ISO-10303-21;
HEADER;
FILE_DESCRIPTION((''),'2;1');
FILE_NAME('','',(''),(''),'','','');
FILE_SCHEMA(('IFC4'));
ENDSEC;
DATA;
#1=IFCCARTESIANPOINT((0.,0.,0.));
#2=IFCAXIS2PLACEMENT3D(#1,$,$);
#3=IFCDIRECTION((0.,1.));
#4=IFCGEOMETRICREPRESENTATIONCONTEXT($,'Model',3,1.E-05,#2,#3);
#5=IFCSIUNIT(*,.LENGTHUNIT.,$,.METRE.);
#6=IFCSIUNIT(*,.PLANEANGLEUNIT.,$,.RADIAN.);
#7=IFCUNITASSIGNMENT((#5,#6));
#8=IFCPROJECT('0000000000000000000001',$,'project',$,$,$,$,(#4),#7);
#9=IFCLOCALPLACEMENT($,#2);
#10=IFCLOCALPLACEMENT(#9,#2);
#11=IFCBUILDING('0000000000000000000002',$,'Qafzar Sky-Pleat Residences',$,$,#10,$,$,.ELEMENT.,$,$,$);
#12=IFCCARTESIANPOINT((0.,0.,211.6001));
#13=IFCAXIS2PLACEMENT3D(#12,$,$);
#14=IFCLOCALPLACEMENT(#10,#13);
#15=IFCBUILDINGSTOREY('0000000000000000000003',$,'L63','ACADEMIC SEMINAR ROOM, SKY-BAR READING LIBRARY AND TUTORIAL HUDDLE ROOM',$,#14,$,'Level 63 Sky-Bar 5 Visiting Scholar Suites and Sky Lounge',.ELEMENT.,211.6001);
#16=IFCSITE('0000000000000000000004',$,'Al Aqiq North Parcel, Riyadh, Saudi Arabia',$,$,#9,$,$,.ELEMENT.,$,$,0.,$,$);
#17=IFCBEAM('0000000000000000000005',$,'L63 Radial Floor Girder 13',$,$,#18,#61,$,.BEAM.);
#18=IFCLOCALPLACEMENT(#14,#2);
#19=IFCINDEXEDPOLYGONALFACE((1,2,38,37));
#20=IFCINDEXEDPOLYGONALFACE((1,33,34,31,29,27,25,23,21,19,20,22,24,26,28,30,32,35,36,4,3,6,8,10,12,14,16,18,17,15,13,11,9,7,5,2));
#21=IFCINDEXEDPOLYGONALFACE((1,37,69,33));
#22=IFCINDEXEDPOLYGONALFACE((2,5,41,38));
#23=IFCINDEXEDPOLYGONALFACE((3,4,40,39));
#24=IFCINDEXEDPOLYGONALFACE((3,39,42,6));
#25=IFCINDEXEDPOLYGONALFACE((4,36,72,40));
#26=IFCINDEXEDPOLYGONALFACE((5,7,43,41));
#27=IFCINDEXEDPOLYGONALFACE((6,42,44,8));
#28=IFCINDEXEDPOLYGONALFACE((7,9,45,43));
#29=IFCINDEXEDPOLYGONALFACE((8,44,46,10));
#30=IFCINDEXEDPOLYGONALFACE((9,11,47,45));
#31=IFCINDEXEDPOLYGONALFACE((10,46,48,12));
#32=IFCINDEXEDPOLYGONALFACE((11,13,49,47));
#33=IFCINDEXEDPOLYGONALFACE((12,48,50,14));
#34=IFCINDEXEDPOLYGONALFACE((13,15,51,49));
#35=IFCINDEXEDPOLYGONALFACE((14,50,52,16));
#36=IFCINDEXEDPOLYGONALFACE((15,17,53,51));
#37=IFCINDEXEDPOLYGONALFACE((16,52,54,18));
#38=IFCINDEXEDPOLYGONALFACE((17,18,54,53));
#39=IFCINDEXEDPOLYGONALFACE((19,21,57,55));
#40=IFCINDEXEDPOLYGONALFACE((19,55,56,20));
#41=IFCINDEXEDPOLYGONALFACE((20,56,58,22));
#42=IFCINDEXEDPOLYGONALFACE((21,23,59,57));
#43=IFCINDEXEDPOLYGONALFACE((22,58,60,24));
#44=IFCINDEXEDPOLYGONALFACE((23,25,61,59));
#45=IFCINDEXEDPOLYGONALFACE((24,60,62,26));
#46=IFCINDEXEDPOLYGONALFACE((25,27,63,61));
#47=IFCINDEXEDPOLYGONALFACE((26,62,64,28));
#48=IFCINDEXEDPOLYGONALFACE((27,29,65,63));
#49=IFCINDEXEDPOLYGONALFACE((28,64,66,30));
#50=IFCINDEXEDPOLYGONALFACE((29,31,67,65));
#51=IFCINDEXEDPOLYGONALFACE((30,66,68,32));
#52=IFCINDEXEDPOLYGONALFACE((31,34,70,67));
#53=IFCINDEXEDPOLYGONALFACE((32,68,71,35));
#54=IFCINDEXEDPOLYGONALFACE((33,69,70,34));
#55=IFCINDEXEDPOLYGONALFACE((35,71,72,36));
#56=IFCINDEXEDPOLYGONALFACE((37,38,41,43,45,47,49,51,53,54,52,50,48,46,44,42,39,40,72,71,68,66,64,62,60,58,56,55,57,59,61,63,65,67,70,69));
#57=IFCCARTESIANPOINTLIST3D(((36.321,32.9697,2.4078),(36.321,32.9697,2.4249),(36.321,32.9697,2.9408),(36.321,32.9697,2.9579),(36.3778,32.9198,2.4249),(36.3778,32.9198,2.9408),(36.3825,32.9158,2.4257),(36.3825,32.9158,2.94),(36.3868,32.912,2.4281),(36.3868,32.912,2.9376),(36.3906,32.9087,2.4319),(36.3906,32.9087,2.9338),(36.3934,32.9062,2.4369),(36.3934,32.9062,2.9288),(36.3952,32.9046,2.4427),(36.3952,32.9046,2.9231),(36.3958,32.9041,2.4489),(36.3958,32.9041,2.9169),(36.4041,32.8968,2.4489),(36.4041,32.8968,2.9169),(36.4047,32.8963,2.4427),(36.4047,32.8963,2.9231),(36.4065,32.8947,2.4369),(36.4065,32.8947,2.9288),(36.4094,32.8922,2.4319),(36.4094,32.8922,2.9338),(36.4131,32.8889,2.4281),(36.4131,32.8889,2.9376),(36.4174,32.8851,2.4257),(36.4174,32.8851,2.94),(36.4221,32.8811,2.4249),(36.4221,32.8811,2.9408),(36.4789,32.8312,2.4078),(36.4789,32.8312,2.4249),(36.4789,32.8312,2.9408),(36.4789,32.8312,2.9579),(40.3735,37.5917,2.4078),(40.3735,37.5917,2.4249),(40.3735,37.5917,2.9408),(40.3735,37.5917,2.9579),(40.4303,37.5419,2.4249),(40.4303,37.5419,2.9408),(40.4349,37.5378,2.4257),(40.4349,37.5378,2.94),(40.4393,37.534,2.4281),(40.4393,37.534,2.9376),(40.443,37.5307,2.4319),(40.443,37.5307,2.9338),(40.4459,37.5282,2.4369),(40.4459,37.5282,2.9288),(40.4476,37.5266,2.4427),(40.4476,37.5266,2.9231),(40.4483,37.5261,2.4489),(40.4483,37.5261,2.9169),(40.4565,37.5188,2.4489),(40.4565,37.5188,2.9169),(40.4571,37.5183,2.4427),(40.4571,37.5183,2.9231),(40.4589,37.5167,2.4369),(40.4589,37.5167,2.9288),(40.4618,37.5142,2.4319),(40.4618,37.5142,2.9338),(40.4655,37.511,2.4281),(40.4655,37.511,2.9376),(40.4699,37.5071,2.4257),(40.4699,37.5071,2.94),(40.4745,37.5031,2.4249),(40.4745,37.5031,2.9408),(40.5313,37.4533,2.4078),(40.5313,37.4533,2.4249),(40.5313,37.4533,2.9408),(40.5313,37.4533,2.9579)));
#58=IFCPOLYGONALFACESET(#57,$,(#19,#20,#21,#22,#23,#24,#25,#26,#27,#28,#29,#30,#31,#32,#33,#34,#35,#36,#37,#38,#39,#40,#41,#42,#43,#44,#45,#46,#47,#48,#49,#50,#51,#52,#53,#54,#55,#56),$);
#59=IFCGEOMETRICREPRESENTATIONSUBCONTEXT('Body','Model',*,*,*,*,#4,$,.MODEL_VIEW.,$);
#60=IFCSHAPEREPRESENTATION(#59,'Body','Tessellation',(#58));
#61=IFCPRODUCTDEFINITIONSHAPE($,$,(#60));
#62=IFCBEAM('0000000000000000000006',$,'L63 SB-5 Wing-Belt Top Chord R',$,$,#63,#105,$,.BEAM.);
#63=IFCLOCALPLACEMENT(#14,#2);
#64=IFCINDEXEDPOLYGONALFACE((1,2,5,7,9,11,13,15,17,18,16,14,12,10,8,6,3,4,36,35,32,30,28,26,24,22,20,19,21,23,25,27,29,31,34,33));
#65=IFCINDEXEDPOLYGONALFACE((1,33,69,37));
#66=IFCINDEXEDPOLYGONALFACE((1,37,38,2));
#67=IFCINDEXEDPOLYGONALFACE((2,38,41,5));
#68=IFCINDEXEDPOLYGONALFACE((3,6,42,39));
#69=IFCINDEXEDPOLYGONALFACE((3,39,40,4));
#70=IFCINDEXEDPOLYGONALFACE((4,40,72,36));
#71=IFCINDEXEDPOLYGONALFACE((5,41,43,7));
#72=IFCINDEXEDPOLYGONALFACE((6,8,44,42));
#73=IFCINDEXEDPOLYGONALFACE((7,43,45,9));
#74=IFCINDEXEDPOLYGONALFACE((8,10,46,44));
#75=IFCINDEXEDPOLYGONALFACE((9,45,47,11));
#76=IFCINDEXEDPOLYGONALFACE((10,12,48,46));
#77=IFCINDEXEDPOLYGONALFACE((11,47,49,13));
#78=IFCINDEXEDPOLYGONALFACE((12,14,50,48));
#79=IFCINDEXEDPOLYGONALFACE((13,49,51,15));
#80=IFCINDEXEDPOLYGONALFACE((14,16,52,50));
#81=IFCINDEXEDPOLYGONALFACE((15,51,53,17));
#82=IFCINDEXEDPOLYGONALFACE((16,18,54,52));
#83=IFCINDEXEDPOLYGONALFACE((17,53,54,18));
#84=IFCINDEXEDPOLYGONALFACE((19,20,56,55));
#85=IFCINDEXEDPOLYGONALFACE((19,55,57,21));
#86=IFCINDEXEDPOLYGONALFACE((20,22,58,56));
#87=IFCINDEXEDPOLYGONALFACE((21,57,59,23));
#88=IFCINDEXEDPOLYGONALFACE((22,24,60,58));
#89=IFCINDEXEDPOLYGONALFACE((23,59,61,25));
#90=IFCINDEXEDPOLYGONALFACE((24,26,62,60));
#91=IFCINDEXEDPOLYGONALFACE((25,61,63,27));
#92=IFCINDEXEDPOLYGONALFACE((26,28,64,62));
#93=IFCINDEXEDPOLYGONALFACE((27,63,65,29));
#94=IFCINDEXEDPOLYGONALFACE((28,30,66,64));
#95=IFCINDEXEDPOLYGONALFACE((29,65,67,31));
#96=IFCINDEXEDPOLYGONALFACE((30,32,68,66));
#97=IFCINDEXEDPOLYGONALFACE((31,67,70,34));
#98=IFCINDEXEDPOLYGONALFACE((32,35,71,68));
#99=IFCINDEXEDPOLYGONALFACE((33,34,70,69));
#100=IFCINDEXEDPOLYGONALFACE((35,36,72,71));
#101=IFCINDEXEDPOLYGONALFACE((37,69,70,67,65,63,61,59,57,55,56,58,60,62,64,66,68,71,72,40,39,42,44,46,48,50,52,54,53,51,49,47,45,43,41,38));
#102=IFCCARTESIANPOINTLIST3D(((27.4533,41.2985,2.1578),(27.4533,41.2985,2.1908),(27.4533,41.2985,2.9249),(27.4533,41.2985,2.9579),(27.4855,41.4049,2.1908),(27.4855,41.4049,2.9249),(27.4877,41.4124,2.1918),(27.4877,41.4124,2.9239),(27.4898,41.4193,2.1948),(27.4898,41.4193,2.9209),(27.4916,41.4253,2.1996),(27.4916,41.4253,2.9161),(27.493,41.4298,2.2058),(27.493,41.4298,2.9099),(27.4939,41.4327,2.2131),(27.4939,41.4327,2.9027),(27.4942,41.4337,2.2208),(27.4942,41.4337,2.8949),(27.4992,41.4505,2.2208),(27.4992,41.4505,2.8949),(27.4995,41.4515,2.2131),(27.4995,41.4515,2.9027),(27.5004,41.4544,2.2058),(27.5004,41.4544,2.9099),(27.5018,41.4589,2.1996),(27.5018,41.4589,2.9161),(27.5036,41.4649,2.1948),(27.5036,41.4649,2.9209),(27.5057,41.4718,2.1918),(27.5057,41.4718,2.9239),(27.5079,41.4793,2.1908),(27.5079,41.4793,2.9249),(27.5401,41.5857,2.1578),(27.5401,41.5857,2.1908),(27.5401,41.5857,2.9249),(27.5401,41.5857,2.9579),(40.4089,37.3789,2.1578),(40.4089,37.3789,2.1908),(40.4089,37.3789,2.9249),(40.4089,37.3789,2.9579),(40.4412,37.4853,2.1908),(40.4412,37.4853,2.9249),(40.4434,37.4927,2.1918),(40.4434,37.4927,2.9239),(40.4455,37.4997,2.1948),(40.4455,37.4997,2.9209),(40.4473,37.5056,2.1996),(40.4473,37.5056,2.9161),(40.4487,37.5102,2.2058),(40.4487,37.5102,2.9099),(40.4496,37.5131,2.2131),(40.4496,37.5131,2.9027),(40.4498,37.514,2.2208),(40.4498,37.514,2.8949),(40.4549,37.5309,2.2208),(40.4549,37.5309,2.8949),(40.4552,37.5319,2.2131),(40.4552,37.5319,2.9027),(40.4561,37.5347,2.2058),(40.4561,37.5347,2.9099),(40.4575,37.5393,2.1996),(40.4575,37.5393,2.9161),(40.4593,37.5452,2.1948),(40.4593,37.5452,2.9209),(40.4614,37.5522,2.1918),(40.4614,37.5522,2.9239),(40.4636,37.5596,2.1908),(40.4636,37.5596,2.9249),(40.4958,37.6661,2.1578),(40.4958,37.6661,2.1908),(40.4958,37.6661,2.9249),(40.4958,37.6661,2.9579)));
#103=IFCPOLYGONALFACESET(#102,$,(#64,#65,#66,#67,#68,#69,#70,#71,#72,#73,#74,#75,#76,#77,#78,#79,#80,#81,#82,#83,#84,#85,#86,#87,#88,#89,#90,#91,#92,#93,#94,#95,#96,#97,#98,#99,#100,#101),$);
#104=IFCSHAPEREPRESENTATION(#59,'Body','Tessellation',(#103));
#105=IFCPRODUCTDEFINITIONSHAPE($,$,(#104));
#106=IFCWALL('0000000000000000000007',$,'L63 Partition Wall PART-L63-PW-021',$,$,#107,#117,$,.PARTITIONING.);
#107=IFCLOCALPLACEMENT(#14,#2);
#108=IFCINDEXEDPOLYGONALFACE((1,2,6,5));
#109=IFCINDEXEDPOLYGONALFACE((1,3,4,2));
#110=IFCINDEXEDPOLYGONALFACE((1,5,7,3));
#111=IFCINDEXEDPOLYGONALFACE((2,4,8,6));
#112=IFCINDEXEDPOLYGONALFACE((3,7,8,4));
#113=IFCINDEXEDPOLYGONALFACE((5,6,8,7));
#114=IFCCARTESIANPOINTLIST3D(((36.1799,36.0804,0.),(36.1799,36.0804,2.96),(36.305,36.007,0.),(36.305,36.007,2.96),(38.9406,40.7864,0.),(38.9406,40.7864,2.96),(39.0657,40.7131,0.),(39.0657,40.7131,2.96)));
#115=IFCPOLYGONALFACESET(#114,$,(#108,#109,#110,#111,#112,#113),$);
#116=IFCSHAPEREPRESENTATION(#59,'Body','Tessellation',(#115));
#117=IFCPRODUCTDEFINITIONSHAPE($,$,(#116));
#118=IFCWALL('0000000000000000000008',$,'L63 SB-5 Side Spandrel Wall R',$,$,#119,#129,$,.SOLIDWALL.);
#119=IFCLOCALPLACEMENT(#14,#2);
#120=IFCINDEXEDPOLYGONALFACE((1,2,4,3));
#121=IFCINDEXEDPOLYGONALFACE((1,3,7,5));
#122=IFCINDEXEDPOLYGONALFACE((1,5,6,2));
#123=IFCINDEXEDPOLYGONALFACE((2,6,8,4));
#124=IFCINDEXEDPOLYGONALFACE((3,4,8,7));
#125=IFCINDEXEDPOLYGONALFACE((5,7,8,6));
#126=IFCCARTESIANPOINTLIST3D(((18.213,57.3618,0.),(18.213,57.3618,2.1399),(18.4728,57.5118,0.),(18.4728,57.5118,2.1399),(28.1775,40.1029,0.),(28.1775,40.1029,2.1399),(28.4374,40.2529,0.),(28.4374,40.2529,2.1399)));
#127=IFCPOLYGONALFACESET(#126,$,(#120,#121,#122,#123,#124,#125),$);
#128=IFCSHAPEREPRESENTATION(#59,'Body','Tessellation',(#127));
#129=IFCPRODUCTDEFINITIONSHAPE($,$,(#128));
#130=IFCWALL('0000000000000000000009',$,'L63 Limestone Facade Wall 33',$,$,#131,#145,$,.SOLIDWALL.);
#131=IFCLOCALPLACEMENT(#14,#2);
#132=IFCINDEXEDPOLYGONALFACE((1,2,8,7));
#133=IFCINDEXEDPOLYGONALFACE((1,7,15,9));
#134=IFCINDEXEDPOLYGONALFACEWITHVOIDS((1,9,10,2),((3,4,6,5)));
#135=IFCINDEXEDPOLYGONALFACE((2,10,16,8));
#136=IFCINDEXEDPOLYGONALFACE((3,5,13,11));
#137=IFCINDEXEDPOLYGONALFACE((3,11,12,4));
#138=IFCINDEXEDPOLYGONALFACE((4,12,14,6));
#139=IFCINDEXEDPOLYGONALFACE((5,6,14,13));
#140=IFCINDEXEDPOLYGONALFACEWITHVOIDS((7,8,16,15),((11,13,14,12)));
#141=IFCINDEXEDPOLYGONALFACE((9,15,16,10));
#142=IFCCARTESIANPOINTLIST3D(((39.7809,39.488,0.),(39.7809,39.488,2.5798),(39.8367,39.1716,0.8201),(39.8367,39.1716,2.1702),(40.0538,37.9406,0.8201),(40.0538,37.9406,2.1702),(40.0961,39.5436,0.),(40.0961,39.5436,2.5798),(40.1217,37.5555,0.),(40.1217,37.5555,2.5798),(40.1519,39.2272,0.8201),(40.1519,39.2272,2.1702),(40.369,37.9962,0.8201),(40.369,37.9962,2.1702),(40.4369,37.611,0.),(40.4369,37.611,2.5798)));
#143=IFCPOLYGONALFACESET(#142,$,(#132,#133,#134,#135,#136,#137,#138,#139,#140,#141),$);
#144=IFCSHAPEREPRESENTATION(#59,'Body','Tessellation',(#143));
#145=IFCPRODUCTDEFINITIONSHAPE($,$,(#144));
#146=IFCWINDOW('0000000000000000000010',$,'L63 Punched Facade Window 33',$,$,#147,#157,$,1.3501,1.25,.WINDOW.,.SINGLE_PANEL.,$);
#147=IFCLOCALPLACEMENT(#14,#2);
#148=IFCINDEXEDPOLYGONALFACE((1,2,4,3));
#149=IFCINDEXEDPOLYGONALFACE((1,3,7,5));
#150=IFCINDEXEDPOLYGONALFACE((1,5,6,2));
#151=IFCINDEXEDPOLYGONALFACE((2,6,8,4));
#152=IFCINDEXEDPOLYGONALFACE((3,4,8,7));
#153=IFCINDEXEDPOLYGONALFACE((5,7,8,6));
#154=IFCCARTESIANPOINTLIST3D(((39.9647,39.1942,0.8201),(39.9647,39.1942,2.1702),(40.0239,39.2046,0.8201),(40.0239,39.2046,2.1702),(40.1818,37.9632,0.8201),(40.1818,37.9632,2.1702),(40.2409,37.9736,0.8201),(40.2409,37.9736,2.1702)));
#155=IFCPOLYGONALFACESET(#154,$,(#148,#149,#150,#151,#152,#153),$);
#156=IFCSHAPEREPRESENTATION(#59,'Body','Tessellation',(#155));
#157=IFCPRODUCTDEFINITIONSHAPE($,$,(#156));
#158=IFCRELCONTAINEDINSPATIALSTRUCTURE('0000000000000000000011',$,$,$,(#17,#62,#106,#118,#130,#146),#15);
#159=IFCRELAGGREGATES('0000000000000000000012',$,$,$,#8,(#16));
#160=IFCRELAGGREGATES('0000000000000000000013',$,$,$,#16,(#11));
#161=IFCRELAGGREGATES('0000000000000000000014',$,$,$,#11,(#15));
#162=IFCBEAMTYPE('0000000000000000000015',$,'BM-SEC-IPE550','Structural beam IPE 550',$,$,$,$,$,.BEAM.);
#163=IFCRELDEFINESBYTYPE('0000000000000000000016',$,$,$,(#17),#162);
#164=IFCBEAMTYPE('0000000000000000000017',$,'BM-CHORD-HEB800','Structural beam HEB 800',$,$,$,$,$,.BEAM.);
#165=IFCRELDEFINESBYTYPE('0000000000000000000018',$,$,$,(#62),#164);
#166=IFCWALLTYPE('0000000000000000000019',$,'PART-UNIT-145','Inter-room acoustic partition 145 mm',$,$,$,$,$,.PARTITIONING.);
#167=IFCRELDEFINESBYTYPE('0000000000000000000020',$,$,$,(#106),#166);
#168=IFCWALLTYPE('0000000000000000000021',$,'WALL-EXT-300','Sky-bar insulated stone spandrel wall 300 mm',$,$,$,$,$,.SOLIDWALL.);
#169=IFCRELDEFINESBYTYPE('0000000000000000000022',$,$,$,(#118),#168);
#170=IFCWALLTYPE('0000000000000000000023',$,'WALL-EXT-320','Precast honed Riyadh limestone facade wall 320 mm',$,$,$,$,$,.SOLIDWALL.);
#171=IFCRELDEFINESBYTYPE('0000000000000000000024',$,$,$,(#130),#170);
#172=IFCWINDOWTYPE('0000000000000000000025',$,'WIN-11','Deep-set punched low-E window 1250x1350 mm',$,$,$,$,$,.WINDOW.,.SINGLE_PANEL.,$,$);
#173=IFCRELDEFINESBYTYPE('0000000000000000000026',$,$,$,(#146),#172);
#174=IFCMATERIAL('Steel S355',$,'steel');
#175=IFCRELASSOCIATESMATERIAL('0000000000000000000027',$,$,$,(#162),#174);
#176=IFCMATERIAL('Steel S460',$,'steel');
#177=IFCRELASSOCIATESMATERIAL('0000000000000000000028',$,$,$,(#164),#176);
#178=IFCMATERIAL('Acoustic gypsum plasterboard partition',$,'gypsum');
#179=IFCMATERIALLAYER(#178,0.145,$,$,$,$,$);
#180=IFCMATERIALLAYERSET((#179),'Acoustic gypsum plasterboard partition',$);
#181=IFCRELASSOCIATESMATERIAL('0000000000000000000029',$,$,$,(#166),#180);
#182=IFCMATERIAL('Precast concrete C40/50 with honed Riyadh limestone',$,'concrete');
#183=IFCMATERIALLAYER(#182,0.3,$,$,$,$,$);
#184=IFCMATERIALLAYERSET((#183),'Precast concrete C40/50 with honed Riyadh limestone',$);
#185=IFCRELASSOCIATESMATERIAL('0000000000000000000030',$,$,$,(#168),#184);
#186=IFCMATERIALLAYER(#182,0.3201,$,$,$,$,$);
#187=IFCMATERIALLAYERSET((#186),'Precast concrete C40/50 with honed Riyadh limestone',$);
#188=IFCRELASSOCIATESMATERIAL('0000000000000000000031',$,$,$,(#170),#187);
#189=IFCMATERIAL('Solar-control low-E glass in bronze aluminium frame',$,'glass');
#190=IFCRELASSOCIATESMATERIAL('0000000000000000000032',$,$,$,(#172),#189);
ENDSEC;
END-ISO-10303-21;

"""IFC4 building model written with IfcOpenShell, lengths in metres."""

from ifc_helpers import new_model, si_unit, direction, frame, frame_2d, origin, origin_2d, place, context, subcontext, project, spatial, rectangle, i_section, extrude, source, transform, mapped, material, layer, layer_set, material_profile, profile_set, type_object, element, fill, save


model = new_model("IFC4")

# Units and contexts
model_context = context("Model", 3, precision=1e-05, world=origin(), true_north=direction((0.0, 1.0)))
body_context = subcontext(model_context, "Body", "Model", "MODEL_VIEW")
ifc_project = project(units=[si_unit("LENGTHUNIT", "METRE"), si_unit("PLANEANGLEUNIT", "RADIAN")], contexts=[model_context])

# Site, building, storey
site_placement = place(None, origin())
site = spatial("IfcSite", under=ifc_project, at=site_placement, Name="Al Aqiq North Parcel, Riyadh, Saudi Arabia", CompositionType="ELEMENT", RefElevation=0.0)
building_placement = place(site_placement, origin())
building = spatial("IfcBuilding", under=site, at=building_placement, Name="Qafzar Sky-Pleat Residences", CompositionType="ELEMENT")
storey_placement = place(building_placement, frame((0.0, 0.0, 211.6001)))
storey = spatial("IfcBuildingStorey", under=building, at=storey_placement, Name="L63", Description="ACADEMIC SEMINAR ROOM, SKY-BAR READING LIBRARY AND TUTORIAL HUDDLE ROOM", LongName="Level 63 Sky-Bar 5 Visiting Scholar Suites and Sky Lounge", CompositionType="ELEMENT", Elevation=211.6001)

# Shared definitions
ifc_material_1 = material(Name="Steel S355", Category="steel")

# Beams
ifc_material_profile_1 = material_profile(ifc_material_1, i_section(OverallWidth=0.21, OverallDepth=0.55, WebThickness=0.011, FlangeThickness=0.0171, FilletRadius=0.0239, at=origin_2d()), Name="IPE 550")
ifc_profile_set_1 = profile_set([ifc_material_profile_1], Name="Steel S355")
beam_type_1 = type_object("IfcBeamType", Name="BM-SEC-IPE550", Description="Structural beam IPE 550", PredefinedType="BEAM", material=ifc_profile_set_1)
shared_shape_1 = source(origin(), body_context, "Body", "SweptSolid", [
    extrude(i_section(OverallWidth=0.21, OverallDepth=0.55, WebThickness=0.011, FlangeThickness=0.0171, FilletRadius=0.0239, at=origin_2d()), origin(), (0.0, 0.0, 1.0), 6.147),
])
beam_1_placement = place(storey_placement, frame((40.4524, 37.5225, 2.6829), z_axis=(-0.659258, -0.751917, 0.0), x_axis=(0.751917, -0.659258, 0.0)))
element("IfcBeam", 1, at=beam_1_placement, inside=storey, type_object=beam_type_1, Name="L63 Radial Floor Girder 13", PredefinedType="BEAM", context=body_context, shape_type="MappedRepresentation", body=[
    mapped(shared_shape_1, transform((0.0, 0.0, 0.0), x_axis=(1.0, 0.0, 0.0), y_axis=(0.0, 1.0, 0.0), z_axis=(0.0, 0.0, 1.0), scale=1.0)),
])
ifc_material_2 = material(Name="Steel S460", Category="steel")
ifc_material_profile_2 = material_profile(ifc_material_2, i_section(OverallWidth=0.3, OverallDepth=0.8, WebThickness=0.0176, FlangeThickness=0.033, FilletRadius=0.03, at=origin_2d()), Name="HEB 800")
ifc_profile_set_2 = profile_set([ifc_material_profile_2], Name="Steel S460")
beam_type_2 = type_object("IfcBeamType", Name="BM-CHORD-HEB800", Description="Structural beam HEB 800", PredefinedType="BEAM", material=ifc_profile_set_2)
shared_shape_2 = source(origin(), body_context, "Body", "SweptSolid", [
    extrude(i_section(OverallWidth=0.3, OverallDepth=0.8, WebThickness=0.0176, FlangeThickness=0.033, FilletRadius=0.03, at=origin_2d()), origin(), (0.0, 0.0, 1.0), 13.5356),
])
beam_2_placement = place(storey_placement, frame((40.4524, 37.5225, 2.5579), z_axis=(-0.957154, 0.289579, 0.0), x_axis=(-0.289579, -0.957154, 0.0)))
element("IfcBeam", 2, at=beam_2_placement, inside=storey, type_object=beam_type_2, Name="L63 SB-5 Wing-Belt Top Chord R", PredefinedType="BEAM", context=body_context, shape_type="MappedRepresentation", body=[
    mapped(shared_shape_2, transform((0.0, 0.0, 0.0), x_axis=(1.0, 0.0, 0.0), y_axis=(0.0, 1.0, 0.0), z_axis=(0.0, 0.0, 1.0), scale=1.0)),
])

# Walls
ifc_material_3 = material(Name="Acoustic gypsum plasterboard partition", Category="gypsum")
ifc_layer_1 = layer(ifc_material_3, 0.145)
ifc_layer_set_1 = layer_set([ifc_layer_1], Name="Acoustic gypsum plasterboard partition")
wall_type_1 = type_object("IfcWallType", Name="PART-UNIT-145", Description="Inter-room acoustic partition 145 mm", PredefinedType="PARTITIONING", material=ifc_layer_set_1)
wall_1_placement = place(storey_placement, frame((36.2424, 36.0437, 0.0), z_axis=(0.0, 0.0, 1.0), x_axis=(0.505995, 0.862536, 0.0)))
element("IfcWall", 3, at=wall_1_placement, inside=storey, type_object=wall_type_1, Name="L63 Partition Wall PART-L63-PW-021", PredefinedType="PARTITIONING", context=body_context, shape_type="SweptSolid", body=[
    extrude(rectangle(XDim=5.4561, YDim=0.145, at=frame_2d((2.728, 0.0))), origin(), (0.0, 0.0, 1.0), 2.96),
])
ifc_material_4 = material(Name="Precast concrete C40/50 with honed Riyadh limestone", Category="concrete")
ifc_layer_2 = layer(ifc_material_4, 0.3)
ifc_layer_set_2 = layer_set([ifc_layer_2], Name="Precast concrete C40/50 with honed Riyadh limestone")
wall_type_2 = type_object("IfcWallType", Name="WALL-EXT-300", Description="Sky-bar insulated stone spandrel wall 300 mm", PredefinedType="SOLIDWALL", material=ifc_layer_set_2)
wall_2_placement = place(storey_placement, frame((28.3074, 40.178, 0.0), z_axis=(0.0, 0.0, 1.0), x_axis=(-0.500003, 0.866023, 0.0)))
element("IfcWall", 4, at=wall_2_placement, inside=storey, type_object=wall_type_2, Name="L63 SB-5 Side Spandrel Wall R", PredefinedType="SOLIDWALL", context=body_context, shape_type="SweptSolid", body=[
    extrude(rectangle(XDim=19.929, YDim=0.3, at=frame_2d((9.9644, 0.0))), origin(), (0.0, 0.0, 1.0), 2.1399),
])

# Wall, opening, window
ifc_layer_3 = layer(ifc_material_4, 0.3201)
ifc_layer_set_3 = layer_set([ifc_layer_3], Name="Precast concrete C40/50 with honed Riyadh limestone")
wall_type_3 = type_object("IfcWallType", Name="WALL-EXT-320", Description="Precast honed Riyadh limestone facade wall 320 mm", PredefinedType="SOLIDWALL", material=ifc_layer_set_3)
wall_3_placement = place(storey_placement, frame((40.2793, 37.5833, 0.0), z_axis=(0.0, 0.0, 1.0), x_axis=(-0.173672, 0.984804, 0.0)))
wall_3 = element("IfcWall", 5, at=wall_3_placement, inside=storey, type_object=wall_type_3, Name="L63 Limestone Facade Wall 33", PredefinedType="SOLIDWALL", context=body_context, shape_type="SweptSolid", body=[
    extrude(rectangle(XDim=1.9624, YDim=0.3201, at=frame_2d((0.9812, 0.0))), origin(), (0.0, 0.0, 1.0), 2.5798),
])
opening_1_placement = place(wall_3_placement, frame((0.3911, 0.0, 0.8201)))
opening_1 = element("IfcOpeningElement", 6, at=opening_1_placement, cuts=wall_3, PredefinedType="OPENING", context=body_context, shape_type="SweptSolid", body=[
    extrude(rectangle(XDim=1.25, YDim=1.3501, at=frame_2d((0.625, 0.675))), frame((0.0, 0.1699, 0.0), z_axis=(0.0, -1.0, 0.0), x_axis=(1.0, 0.0, 0.0)), (0.0, 0.0, 1.0), 0.3401),
])
ifc_material_5 = material(Name="Solar-control low-E glass in bronze aluminium frame", Category="glass")
window_type_1 = type_object("IfcWindowType", Name="WIN-11", Description="Deep-set punched low-E window 1250x1350 mm", PartitioningType="SINGLE_PANEL", PredefinedType="WINDOW", material=ifc_material_5)
shared_shape_3 = source(origin(), body_context, "Body", "SweptSolid", [
    extrude(rectangle(XDim=1.25, YDim=1.3501, at=frame_2d((0.625, 0.675))), frame((0.0, 0.03, 0.0), z_axis=(0.0, -1.0, 0.0), x_axis=(1.0, 0.0, 0.0)), (0.0, 0.0, 1.0), 0.0601),
])
window_1_placement = place(opening_1_placement, origin())
window_1 = element("IfcWindow", 7, at=window_1_placement, inside=storey, type_object=window_type_1, Name="L63 Punched Facade Window 33", OverallHeight=1.3501, OverallWidth=1.25, PartitioningType="SINGLE_PANEL", PredefinedType="WINDOW", context=body_context, shape_type="MappedRepresentation", body=[
    mapped(shared_shape_3, transform((0.0, 0.0, 0.0), x_axis=(1.0, 0.0, 0.0), y_axis=(0.0, 1.0, 0.0), z_axis=(0.0, 0.0, 1.0), scale=1.0)),
])
fill(opening_1, window_1)

save(model, "model.ifc")
